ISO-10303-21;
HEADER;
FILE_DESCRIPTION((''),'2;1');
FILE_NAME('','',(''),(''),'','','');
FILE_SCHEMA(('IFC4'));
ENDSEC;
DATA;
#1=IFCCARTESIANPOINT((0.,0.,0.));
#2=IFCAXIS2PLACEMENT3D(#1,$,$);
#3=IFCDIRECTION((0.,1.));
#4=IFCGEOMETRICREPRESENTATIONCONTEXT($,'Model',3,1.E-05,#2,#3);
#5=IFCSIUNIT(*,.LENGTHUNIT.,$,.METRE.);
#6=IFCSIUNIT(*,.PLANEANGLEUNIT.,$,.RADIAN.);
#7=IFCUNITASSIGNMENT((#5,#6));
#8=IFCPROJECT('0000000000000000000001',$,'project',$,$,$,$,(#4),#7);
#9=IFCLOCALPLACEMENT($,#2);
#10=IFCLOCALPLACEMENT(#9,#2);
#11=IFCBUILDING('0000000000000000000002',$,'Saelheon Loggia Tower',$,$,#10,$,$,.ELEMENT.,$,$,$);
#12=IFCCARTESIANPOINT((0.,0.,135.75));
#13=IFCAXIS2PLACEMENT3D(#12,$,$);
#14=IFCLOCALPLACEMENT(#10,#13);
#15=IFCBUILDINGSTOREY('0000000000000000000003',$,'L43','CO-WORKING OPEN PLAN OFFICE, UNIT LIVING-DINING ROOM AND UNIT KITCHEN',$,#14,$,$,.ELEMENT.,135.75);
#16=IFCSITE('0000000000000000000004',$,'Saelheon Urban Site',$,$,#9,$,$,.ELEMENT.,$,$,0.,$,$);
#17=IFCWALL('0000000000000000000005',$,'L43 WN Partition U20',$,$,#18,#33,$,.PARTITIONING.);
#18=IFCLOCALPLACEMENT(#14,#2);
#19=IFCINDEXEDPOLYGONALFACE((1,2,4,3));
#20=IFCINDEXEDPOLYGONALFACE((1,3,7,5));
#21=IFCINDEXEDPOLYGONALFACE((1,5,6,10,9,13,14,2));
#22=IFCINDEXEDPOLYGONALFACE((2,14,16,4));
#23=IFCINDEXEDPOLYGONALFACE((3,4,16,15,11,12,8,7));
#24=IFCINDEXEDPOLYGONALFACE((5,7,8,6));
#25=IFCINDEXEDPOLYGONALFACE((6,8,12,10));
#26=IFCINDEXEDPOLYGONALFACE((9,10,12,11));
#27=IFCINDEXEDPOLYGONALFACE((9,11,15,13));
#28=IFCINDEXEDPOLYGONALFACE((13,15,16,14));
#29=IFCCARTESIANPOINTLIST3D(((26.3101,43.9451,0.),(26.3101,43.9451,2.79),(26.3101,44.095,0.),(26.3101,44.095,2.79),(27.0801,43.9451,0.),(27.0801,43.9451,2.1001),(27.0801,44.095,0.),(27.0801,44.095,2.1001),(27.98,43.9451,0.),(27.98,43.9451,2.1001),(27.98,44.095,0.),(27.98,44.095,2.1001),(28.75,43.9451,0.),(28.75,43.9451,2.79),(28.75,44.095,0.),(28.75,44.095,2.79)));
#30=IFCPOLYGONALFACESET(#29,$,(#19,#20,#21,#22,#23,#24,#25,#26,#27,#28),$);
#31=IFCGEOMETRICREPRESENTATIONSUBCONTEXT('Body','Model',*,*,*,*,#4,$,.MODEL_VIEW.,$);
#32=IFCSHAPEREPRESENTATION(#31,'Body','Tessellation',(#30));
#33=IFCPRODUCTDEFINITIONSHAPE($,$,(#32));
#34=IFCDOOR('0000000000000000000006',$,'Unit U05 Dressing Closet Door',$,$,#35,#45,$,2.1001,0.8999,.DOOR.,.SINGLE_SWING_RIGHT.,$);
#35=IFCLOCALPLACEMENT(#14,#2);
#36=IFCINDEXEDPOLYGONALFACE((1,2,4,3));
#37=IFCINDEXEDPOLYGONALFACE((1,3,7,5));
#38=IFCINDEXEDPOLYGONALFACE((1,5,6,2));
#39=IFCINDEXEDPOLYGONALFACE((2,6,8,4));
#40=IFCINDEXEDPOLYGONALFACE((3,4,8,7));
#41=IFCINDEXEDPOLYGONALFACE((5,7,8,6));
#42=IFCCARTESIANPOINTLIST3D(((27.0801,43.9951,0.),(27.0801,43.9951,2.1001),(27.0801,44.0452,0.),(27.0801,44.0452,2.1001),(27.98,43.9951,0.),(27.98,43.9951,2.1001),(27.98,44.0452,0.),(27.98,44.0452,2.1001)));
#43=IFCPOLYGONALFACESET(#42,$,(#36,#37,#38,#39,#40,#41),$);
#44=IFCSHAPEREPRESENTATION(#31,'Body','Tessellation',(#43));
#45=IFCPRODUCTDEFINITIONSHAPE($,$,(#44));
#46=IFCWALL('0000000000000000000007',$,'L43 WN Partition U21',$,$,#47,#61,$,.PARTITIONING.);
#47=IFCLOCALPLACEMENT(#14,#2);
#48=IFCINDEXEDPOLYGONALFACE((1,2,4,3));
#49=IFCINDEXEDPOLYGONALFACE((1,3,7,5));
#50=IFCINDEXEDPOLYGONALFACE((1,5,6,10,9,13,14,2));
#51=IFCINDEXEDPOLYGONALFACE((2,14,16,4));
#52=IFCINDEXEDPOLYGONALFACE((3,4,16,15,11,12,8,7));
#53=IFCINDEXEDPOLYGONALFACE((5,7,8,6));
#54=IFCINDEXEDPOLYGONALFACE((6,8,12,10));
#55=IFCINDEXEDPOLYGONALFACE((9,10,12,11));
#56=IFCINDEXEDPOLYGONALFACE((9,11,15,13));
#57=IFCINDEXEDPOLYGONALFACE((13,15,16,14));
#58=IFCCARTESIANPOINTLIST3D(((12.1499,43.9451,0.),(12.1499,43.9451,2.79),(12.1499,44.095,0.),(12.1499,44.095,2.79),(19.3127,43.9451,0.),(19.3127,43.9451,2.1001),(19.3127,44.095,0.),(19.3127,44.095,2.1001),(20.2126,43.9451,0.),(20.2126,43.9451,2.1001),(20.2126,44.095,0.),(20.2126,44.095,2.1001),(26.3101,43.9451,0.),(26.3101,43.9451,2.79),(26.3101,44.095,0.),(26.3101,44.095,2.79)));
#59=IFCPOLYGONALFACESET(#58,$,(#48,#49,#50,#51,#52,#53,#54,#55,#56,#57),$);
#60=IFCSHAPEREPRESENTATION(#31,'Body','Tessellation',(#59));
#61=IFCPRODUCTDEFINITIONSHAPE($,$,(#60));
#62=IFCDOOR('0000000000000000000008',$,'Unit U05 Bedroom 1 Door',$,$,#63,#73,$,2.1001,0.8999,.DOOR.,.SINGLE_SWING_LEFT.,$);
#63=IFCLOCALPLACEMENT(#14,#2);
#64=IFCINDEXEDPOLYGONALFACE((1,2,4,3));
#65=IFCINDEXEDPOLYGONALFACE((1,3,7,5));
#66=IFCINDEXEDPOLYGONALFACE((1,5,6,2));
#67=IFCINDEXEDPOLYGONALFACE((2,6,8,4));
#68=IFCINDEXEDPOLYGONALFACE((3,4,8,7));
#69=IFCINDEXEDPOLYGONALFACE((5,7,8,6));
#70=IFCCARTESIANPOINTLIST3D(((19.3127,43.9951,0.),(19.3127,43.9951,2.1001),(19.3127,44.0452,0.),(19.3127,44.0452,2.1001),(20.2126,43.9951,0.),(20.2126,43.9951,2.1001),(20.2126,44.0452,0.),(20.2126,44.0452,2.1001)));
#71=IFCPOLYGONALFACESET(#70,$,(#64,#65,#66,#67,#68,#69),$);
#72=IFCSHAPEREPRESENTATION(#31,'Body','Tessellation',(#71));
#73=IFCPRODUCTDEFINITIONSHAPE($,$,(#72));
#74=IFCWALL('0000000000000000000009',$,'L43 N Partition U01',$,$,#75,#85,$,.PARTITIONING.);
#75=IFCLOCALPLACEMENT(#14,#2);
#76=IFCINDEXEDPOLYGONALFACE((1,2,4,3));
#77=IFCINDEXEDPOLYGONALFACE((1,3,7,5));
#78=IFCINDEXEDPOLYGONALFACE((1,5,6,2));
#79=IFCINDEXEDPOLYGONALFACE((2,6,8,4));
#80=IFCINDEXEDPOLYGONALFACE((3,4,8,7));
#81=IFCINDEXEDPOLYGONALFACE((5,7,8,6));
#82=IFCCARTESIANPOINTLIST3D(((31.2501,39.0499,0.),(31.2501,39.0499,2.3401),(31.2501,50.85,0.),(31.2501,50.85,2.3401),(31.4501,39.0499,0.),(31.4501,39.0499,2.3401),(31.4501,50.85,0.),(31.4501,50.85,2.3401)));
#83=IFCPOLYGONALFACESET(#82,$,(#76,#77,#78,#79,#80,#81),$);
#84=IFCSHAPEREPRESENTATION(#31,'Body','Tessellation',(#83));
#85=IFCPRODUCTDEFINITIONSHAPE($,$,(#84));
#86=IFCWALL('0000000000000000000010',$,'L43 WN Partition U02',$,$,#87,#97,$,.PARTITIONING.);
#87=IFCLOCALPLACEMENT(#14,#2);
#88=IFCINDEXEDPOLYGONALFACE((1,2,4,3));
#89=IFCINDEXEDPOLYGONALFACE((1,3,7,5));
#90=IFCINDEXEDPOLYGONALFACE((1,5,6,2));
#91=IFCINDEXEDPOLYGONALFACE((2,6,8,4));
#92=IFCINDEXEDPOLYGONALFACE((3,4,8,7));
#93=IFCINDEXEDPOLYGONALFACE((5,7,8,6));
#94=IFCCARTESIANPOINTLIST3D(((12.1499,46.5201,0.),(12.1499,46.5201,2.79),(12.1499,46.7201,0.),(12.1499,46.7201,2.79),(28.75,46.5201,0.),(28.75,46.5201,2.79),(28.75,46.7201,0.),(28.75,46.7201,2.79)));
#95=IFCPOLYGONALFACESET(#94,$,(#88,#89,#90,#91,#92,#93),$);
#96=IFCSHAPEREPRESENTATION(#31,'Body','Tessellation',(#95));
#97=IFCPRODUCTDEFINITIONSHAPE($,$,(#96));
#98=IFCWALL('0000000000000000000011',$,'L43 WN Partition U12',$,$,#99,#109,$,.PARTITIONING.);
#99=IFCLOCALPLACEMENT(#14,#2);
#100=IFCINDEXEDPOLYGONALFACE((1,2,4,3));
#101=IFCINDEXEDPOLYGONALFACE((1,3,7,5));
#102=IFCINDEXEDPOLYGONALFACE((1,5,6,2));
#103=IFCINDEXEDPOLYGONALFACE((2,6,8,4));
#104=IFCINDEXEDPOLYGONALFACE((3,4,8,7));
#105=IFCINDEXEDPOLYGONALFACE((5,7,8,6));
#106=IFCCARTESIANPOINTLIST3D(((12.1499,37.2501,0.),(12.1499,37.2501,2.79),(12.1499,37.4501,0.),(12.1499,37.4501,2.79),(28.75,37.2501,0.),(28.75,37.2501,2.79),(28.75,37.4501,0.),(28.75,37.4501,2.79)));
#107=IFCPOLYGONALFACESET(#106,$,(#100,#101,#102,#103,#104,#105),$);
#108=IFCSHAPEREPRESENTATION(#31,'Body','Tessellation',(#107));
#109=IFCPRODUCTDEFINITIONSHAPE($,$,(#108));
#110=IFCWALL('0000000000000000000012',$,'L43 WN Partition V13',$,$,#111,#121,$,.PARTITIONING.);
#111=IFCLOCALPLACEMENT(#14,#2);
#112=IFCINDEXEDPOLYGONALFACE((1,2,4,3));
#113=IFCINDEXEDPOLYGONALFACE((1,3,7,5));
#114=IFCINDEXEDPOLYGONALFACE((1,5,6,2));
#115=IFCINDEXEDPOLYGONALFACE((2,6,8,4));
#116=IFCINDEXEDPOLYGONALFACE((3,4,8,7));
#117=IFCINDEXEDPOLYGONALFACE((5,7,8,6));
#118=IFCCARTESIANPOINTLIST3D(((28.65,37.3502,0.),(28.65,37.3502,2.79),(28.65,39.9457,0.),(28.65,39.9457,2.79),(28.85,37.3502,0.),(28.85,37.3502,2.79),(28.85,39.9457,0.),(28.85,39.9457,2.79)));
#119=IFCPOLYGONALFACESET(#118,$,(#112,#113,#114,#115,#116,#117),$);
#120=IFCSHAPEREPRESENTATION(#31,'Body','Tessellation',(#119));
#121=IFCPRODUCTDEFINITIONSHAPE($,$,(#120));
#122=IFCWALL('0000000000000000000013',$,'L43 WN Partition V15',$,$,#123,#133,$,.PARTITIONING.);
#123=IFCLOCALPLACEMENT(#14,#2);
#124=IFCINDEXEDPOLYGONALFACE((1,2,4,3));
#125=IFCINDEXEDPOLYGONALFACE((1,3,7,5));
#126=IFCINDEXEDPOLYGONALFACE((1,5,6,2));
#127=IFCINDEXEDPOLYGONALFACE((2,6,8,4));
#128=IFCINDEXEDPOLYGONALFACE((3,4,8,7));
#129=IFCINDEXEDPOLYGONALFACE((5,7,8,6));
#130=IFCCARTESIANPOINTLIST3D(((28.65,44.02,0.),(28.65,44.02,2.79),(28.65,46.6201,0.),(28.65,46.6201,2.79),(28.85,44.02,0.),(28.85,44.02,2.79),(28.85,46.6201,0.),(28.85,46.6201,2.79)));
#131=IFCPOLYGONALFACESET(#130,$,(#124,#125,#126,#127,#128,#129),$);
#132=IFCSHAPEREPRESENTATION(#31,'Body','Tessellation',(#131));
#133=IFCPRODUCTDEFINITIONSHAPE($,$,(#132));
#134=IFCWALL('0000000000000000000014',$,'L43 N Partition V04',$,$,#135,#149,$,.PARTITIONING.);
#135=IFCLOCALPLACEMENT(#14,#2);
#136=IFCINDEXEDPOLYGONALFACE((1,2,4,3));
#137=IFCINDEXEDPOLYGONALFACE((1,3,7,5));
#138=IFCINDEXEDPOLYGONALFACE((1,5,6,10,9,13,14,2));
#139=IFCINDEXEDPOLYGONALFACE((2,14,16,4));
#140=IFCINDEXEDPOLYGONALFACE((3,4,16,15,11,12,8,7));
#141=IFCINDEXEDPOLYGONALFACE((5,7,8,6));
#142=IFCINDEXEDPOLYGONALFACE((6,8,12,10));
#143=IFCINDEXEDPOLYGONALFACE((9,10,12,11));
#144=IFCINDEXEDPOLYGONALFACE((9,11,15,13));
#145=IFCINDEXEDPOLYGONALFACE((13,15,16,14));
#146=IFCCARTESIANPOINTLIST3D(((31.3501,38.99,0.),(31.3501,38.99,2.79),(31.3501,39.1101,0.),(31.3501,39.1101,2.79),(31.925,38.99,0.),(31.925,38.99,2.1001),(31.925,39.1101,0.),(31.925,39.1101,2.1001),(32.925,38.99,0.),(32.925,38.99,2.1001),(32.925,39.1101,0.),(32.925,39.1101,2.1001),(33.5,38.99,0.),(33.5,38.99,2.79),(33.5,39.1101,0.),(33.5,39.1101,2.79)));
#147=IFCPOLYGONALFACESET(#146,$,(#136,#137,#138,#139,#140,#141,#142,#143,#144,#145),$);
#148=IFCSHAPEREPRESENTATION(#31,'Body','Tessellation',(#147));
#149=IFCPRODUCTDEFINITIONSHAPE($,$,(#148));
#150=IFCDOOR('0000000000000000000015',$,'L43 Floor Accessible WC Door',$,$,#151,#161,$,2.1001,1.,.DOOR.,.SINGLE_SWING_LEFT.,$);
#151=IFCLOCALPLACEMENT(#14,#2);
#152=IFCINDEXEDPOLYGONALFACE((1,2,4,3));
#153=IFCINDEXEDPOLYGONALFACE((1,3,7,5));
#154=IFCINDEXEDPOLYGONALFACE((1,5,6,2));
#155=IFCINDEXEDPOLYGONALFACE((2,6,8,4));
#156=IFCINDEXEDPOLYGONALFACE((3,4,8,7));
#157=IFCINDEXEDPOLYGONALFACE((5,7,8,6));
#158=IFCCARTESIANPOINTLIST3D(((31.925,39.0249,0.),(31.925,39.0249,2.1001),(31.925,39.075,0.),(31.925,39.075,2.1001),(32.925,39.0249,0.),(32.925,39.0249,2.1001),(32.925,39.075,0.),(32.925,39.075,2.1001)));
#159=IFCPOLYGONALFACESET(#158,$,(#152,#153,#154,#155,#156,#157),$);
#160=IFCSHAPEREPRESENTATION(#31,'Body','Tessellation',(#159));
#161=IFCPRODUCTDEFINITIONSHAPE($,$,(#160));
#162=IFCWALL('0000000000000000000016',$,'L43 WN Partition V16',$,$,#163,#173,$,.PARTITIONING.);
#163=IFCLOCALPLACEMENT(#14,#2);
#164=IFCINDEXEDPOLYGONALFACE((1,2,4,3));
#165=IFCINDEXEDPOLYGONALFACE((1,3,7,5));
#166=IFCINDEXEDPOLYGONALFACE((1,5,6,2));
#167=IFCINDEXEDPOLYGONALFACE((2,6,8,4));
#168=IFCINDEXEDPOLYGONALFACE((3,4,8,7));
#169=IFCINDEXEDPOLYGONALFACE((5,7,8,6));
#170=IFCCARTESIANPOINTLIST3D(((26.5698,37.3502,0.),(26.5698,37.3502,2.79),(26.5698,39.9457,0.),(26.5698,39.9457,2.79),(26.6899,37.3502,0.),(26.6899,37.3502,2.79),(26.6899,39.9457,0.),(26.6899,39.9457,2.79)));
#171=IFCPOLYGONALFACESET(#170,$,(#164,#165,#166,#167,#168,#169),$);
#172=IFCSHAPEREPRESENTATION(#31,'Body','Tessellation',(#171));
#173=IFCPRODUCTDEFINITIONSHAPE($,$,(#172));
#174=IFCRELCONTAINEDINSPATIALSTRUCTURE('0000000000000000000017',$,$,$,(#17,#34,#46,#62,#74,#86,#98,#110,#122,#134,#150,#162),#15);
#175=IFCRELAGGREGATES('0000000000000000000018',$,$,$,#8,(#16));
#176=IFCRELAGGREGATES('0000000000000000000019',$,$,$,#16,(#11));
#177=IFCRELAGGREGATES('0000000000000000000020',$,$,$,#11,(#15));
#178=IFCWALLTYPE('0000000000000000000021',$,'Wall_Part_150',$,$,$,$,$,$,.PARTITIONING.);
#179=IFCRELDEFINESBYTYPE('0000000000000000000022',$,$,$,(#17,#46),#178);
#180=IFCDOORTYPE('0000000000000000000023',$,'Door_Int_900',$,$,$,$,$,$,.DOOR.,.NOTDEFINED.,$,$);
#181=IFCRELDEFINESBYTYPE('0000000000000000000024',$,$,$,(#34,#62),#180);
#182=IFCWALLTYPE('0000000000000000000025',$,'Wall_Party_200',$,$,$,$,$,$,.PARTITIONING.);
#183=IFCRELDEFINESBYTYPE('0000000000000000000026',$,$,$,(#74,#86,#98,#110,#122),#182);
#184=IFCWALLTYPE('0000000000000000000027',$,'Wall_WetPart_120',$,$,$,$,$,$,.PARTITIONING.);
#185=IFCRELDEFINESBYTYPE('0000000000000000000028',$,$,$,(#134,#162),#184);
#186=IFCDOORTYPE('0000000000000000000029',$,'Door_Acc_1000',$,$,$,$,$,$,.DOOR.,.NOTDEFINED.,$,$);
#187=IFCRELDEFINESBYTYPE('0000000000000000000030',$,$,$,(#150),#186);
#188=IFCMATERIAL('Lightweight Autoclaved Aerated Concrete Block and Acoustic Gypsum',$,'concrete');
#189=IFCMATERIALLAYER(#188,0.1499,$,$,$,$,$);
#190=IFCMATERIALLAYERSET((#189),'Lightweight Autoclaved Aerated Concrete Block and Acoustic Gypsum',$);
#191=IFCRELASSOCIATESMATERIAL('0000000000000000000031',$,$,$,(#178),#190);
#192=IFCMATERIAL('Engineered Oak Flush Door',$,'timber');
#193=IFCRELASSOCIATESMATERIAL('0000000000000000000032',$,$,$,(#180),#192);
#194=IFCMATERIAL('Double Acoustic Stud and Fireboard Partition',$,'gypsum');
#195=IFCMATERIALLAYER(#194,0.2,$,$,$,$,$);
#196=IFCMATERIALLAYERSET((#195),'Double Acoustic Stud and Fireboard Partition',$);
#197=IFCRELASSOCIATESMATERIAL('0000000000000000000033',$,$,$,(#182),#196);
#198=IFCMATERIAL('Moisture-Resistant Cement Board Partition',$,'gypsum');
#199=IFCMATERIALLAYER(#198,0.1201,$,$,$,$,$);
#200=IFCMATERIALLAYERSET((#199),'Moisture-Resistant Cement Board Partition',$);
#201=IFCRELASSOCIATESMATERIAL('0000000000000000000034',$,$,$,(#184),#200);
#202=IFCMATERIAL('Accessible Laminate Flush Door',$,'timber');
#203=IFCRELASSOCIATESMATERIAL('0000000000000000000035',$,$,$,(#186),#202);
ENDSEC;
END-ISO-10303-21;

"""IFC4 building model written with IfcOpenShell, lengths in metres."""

from ifc_helpers import new_model, si_unit, direction, frame, frame_2d, origin, place, context, subcontext, project, spatial, rectangle, extrude, source, transform, mapped, material, layer, layer_set, type_object, element, fill, save


model = new_model("IFC4")

# Units and contexts
model_context = context("Model", 3, precision=1e-05, world=origin(), true_north=direction((0.0, 1.0)))
body_context = subcontext(model_context, "Body", "Model", "MODEL_VIEW")
ifc_project = project(units=[si_unit("LENGTHUNIT", "METRE"), si_unit("PLANEANGLEUNIT", "RADIAN")], contexts=[model_context])

# Site, building, storey
site_placement = place(None, origin())
site = spatial("IfcSite", under=ifc_project, at=site_placement, Name="Saelheon Urban Site", CompositionType="ELEMENT", RefElevation=0.0)
building_placement = place(site_placement, origin())
building = spatial("IfcBuilding", under=site, at=building_placement, Name="Saelheon Loggia Tower", CompositionType="ELEMENT")
storey_placement = place(building_placement, frame((0.0, 0.0, 135.75)))
storey = spatial("IfcBuildingStorey", under=building, at=storey_placement, Name="L43", Description="CO-WORKING OPEN PLAN OFFICE, UNIT LIVING-DINING ROOM AND UNIT KITCHEN", CompositionType="ELEMENT", Elevation=135.75)

# Shared definitions
ifc_material_1 = material(Name="Lightweight Autoclaved Aerated Concrete Block and Acoustic Gypsum", Category="concrete")
ifc_layer_1 = layer(ifc_material_1, 0.1499)
ifc_layer_set_1 = layer_set([ifc_layer_1], Name="Lightweight Autoclaved Aerated Concrete Block and Acoustic Gypsum")
wall_type_1 = type_object("IfcWallType", Name="Wall_Part_150", PredefinedType="PARTITIONING", material=ifc_layer_set_1)

# Walls, openings, doors
ifc_material_2 = material(Name="Engineered Oak Flush Door", Category="timber")
door_type_1 = type_object("IfcDoorType", Name="Door_Int_900", OperationType="NOTDEFINED", PredefinedType="DOOR", material=ifc_material_2)
shared_shape_1 = source(origin(), body_context, "Body", "SweptSolid", [
    extrude(rectangle(XDim=0.8999, YDim=2.1001, at=frame_2d((0.45, 1.05))), frame((0.0, 0.0249, 0.0), z_axis=(0.0, -1.0, 0.0), x_axis=(1.0, 0.0, 0.0)), (0.0, 0.0, 1.0), 0.05),
])
wall_1_placement = place(storey_placement, frame((28.75, 44.02, 0.0), z_axis=(0.0, 0.0, 1.0), x_axis=(-1.0, 0.0, 0.0)))
wall_1 = element("IfcWall", 1, at=wall_1_placement, inside=storey, type_object=wall_type_1, Name="L43 WN Partition U20", PredefinedType="PARTITIONING", context=body_context, shape_type="SweptSolid", body=[
    extrude(rectangle(XDim=2.4399, YDim=0.1499, at=frame_2d((1.22, 0.0))), origin(), (0.0, 0.0, 1.0), 2.79),
])
opening_1_placement = place(wall_1_placement, frame((0.77, 0.0, 0.0)))
opening_1 = element("IfcOpeningElement", 2, at=opening_1_placement, cuts=wall_1, PredefinedType="OPENING", context=body_context, shape_type="SweptSolid", body=[
    extrude(rectangle(XDim=0.8999, YDim=2.1001, at=frame_2d((0.45, 1.05))), frame((0.0, 0.0869, 0.0), z_axis=(0.0, -1.0, 0.0), x_axis=(1.0, 0.0, 0.0)), (0.0, 0.0, 1.0), 0.1738),
])
door_1_placement = place(opening_1_placement, origin())
door_1 = element("IfcDoor", 3, at=door_1_placement, inside=storey, type_object=door_type_1, Name="Unit U05 Dressing Closet Door", OperationType="SINGLE_SWING_RIGHT", OverallHeight=2.1001, OverallWidth=0.8999, PredefinedType="DOOR", context=body_context, shape_type="MappedRepresentation", body=[
    mapped(shared_shape_1, transform((0.0, 0.0, 0.0), scale=1.0)),
])
fill(opening_1, door_1)
wall_2_placement = place(storey_placement, frame((26.3101, 44.02, 0.0), z_axis=(0.0, 0.0, 1.0), x_axis=(-1.0, 0.0, 0.0)))
wall_2 = element("IfcWall", 4, at=wall_2_placement, inside=storey, type_object=wall_type_1, Name="L43 WN Partition U21", PredefinedType="PARTITIONING", context=body_context, shape_type="SweptSolid", body=[
    extrude(rectangle(XDim=14.1602, YDim=0.1499, at=frame_2d((7.0801, 0.0))), origin(), (0.0, 0.0, 1.0), 2.79),
])
opening_2_placement = place(wall_2_placement, frame((6.0974, 0.0, 0.0)))
opening_2 = element("IfcOpeningElement", 5, at=opening_2_placement, cuts=wall_2, PredefinedType="OPENING", context=body_context, shape_type="SweptSolid", body=[
    extrude(rectangle(XDim=0.8999, YDim=2.1001, at=frame_2d((0.45, 1.05))), frame((0.0, 0.0869, 0.0), z_axis=(0.0, -1.0, 0.0), x_axis=(1.0, 0.0, 0.0)), (0.0, 0.0, 1.0), 0.1738),
])
door_2_placement = place(opening_2_placement, origin())
door_2 = element("IfcDoor", 6, at=door_2_placement, inside=storey, type_object=door_type_1, Name="Unit U05 Bedroom 1 Door", OperationType="SINGLE_SWING_LEFT", OverallHeight=2.1001, OverallWidth=0.8999, PredefinedType="DOOR", context=body_context, shape_type="MappedRepresentation", body=[
    mapped(shared_shape_1, transform((0.0, 0.0, 0.0), scale=1.0)),
])
fill(opening_2, door_2)

# Walls
ifc_material_3 = material(Name="Double Acoustic Stud and Fireboard Partition", Category="gypsum")
ifc_layer_2 = layer(ifc_material_3, 0.2)
ifc_layer_set_2 = layer_set([ifc_layer_2], Name="Double Acoustic Stud and Fireboard Partition")
wall_type_2 = type_object("IfcWallType", Name="Wall_Party_200", PredefinedType="PARTITIONING", material=ifc_layer_set_2)
wall_3_placement = place(storey_placement, frame((31.3501, 39.05, 0.0), z_axis=(0.0, 0.0, 1.0), x_axis=(0.0, 1.0, 0.0)))
element("IfcWall", 7, at=wall_3_placement, inside=storey, type_object=wall_type_2, Name="L43 N Partition U01", PredefinedType="PARTITIONING", context=body_context, shape_type="SweptSolid", body=[
    extrude(rectangle(XDim=11.8, YDim=0.2, at=frame_2d((5.8999, 0.0))), origin(), (0.0, 0.0, 1.0), 2.3401),
])
for number, where, z_axis, x_axis, name in (
    (8, (28.75, 46.6201, 0.0), (0.0, 0.0, 1.0), (-1.0, 0.0, 0.0), "L43 WN Partition U02"),
    (9, (28.75, 37.3501, 0.0), (0.0, 0.0, 1.0), (-1.0, 0.0, 0.0), "L43 WN Partition U12"),
):
    element("IfcWall", number, at=place(storey_placement, frame(where, z_axis=z_axis, x_axis=x_axis)), inside=storey, type_object=wall_type_2, Name=name, PredefinedType="PARTITIONING", context=body_context, shape_type="SweptSolid", body=[
        extrude(rectangle(XDim=16.6001, YDim=0.2, at=frame_2d((8.3, 0.0))), origin(), (0.0, 0.0, 1.0), 2.79),
    ])
wall_4_placement = place(storey_placement, frame((28.75, 37.3501, 0.0), z_axis=(0.0, 0.0, 1.0), x_axis=(0.0, 1.0, 0.0)))
element("IfcWall", 10, at=wall_4_placement, inside=storey, type_object=wall_type_2, Name="L43 WN Partition V13", PredefinedType="PARTITIONING", context=body_context, shape_type="SweptSolid", body=[
    extrude(rectangle(XDim=2.5955, YDim=0.2, at=frame_2d((1.2979, 0.0))), origin(), (0.0, 0.0, 1.0), 2.79),
])

# Wall
wall_5_placement = place(storey_placement, frame((28.75, 44.02, 0.0), z_axis=(0.0, 0.0, 1.0), x_axis=(0.0, 1.0, 0.0)))
element("IfcWall", 11, at=wall_5_placement, inside=storey, type_object=wall_type_2, Name="L43 WN Partition V15", PredefinedType="PARTITIONING", context=body_context, shape_type="SweptSolid", body=[
    extrude(rectangle(XDim=2.6001, YDim=0.2, at=frame_2d((1.3, 0.0))), origin(), (0.0, 0.0, 1.0), 2.79),
])

# Wall, opening, door
ifc_material_4 = material(Name="Moisture-Resistant Cement Board Partition", Category="gypsum")
ifc_layer_3 = layer(ifc_material_4, 0.1201)
ifc_layer_set_3 = layer_set([ifc_layer_3], Name="Moisture-Resistant Cement Board Partition")
wall_type_3 = type_object("IfcWallType", Name="Wall_WetPart_120", PredefinedType="PARTITIONING", material=ifc_layer_set_3)
wall_6_placement = place(storey_placement, frame((31.3501, 39.05, 0.0), z_axis=(0.0, 0.0, 1.0), x_axis=(1.0, 0.0, 0.0)))
wall_6 = element("IfcWall", 12, at=wall_6_placement, inside=storey, type_object=wall_type_3, Name="L43 N Partition V04", PredefinedType="PARTITIONING", context=body_context, shape_type="SweptSolid", body=[
    extrude(rectangle(XDim=2.1499, YDim=0.1201, at=frame_2d((1.075, 0.0))), origin(), (0.0, 0.0, 1.0), 2.79),
])
opening_3_placement = place(wall_6_placement, frame((0.575, 0.0, 0.0)))
opening_3 = element("IfcOpeningElement", 13, at=opening_3_placement, cuts=wall_6, PredefinedType="OPENING", context=body_context, shape_type="SweptSolid", body=[
    extrude(rectangle(XDim=1.0, YDim=2.1001, at=frame_2d((0.5, 1.05))), frame((0.0, 0.072, 0.0), z_axis=(0.0, -1.0, 0.0), x_axis=(1.0, 0.0, 0.0)), (0.0, 0.0, 1.0), 0.144),
])
ifc_material_5 = material(Name="Accessible Laminate Flush Door", Category="timber")
door_type_2 = type_object("IfcDoorType", Name="Door_Acc_1000", OperationType="NOTDEFINED", PredefinedType="DOOR", material=ifc_material_5)
shared_shape_2 = source(origin(), body_context, "Body", "SweptSolid", [
    extrude(rectangle(XDim=1.0, YDim=2.1001, at=frame_2d((0.5, 1.05))), frame((0.0, 0.0249, 0.0), z_axis=(0.0, -1.0, 0.0), x_axis=(1.0, 0.0, 0.0)), (0.0, 0.0, 1.0), 0.05),
])
door_3_placement = place(opening_3_placement, origin())
door_3 = element("IfcDoor", 14, at=door_3_placement, inside=storey, type_object=door_type_2, Name="L43 Floor Accessible WC Door", OperationType="SINGLE_SWING_LEFT", OverallHeight=2.1001, OverallWidth=1.0, PredefinedType="DOOR", context=body_context, shape_type="MappedRepresentation", body=[
    mapped(shared_shape_2, transform((0.0, 0.0, 0.0), scale=1.0)),
])
fill(opening_3, door_3)

# Wall
wall_7_placement = place(storey_placement, frame((26.6299, 37.3501, 0.0), z_axis=(0.0, 0.0, 1.0), x_axis=(0.0, 1.0, 0.0)))
element("IfcWall", 15, at=wall_7_placement, inside=storey, type_object=wall_type_3, Name="L43 WN Partition V16", PredefinedType="PARTITIONING", context=body_context, shape_type="SweptSolid", body=[
    extrude(rectangle(XDim=2.5955, YDim=0.1201, at=frame_2d((1.2979, 0.0))), origin(), (0.0, 0.0, 1.0), 2.79),
])

save(model, "model.ifc")
